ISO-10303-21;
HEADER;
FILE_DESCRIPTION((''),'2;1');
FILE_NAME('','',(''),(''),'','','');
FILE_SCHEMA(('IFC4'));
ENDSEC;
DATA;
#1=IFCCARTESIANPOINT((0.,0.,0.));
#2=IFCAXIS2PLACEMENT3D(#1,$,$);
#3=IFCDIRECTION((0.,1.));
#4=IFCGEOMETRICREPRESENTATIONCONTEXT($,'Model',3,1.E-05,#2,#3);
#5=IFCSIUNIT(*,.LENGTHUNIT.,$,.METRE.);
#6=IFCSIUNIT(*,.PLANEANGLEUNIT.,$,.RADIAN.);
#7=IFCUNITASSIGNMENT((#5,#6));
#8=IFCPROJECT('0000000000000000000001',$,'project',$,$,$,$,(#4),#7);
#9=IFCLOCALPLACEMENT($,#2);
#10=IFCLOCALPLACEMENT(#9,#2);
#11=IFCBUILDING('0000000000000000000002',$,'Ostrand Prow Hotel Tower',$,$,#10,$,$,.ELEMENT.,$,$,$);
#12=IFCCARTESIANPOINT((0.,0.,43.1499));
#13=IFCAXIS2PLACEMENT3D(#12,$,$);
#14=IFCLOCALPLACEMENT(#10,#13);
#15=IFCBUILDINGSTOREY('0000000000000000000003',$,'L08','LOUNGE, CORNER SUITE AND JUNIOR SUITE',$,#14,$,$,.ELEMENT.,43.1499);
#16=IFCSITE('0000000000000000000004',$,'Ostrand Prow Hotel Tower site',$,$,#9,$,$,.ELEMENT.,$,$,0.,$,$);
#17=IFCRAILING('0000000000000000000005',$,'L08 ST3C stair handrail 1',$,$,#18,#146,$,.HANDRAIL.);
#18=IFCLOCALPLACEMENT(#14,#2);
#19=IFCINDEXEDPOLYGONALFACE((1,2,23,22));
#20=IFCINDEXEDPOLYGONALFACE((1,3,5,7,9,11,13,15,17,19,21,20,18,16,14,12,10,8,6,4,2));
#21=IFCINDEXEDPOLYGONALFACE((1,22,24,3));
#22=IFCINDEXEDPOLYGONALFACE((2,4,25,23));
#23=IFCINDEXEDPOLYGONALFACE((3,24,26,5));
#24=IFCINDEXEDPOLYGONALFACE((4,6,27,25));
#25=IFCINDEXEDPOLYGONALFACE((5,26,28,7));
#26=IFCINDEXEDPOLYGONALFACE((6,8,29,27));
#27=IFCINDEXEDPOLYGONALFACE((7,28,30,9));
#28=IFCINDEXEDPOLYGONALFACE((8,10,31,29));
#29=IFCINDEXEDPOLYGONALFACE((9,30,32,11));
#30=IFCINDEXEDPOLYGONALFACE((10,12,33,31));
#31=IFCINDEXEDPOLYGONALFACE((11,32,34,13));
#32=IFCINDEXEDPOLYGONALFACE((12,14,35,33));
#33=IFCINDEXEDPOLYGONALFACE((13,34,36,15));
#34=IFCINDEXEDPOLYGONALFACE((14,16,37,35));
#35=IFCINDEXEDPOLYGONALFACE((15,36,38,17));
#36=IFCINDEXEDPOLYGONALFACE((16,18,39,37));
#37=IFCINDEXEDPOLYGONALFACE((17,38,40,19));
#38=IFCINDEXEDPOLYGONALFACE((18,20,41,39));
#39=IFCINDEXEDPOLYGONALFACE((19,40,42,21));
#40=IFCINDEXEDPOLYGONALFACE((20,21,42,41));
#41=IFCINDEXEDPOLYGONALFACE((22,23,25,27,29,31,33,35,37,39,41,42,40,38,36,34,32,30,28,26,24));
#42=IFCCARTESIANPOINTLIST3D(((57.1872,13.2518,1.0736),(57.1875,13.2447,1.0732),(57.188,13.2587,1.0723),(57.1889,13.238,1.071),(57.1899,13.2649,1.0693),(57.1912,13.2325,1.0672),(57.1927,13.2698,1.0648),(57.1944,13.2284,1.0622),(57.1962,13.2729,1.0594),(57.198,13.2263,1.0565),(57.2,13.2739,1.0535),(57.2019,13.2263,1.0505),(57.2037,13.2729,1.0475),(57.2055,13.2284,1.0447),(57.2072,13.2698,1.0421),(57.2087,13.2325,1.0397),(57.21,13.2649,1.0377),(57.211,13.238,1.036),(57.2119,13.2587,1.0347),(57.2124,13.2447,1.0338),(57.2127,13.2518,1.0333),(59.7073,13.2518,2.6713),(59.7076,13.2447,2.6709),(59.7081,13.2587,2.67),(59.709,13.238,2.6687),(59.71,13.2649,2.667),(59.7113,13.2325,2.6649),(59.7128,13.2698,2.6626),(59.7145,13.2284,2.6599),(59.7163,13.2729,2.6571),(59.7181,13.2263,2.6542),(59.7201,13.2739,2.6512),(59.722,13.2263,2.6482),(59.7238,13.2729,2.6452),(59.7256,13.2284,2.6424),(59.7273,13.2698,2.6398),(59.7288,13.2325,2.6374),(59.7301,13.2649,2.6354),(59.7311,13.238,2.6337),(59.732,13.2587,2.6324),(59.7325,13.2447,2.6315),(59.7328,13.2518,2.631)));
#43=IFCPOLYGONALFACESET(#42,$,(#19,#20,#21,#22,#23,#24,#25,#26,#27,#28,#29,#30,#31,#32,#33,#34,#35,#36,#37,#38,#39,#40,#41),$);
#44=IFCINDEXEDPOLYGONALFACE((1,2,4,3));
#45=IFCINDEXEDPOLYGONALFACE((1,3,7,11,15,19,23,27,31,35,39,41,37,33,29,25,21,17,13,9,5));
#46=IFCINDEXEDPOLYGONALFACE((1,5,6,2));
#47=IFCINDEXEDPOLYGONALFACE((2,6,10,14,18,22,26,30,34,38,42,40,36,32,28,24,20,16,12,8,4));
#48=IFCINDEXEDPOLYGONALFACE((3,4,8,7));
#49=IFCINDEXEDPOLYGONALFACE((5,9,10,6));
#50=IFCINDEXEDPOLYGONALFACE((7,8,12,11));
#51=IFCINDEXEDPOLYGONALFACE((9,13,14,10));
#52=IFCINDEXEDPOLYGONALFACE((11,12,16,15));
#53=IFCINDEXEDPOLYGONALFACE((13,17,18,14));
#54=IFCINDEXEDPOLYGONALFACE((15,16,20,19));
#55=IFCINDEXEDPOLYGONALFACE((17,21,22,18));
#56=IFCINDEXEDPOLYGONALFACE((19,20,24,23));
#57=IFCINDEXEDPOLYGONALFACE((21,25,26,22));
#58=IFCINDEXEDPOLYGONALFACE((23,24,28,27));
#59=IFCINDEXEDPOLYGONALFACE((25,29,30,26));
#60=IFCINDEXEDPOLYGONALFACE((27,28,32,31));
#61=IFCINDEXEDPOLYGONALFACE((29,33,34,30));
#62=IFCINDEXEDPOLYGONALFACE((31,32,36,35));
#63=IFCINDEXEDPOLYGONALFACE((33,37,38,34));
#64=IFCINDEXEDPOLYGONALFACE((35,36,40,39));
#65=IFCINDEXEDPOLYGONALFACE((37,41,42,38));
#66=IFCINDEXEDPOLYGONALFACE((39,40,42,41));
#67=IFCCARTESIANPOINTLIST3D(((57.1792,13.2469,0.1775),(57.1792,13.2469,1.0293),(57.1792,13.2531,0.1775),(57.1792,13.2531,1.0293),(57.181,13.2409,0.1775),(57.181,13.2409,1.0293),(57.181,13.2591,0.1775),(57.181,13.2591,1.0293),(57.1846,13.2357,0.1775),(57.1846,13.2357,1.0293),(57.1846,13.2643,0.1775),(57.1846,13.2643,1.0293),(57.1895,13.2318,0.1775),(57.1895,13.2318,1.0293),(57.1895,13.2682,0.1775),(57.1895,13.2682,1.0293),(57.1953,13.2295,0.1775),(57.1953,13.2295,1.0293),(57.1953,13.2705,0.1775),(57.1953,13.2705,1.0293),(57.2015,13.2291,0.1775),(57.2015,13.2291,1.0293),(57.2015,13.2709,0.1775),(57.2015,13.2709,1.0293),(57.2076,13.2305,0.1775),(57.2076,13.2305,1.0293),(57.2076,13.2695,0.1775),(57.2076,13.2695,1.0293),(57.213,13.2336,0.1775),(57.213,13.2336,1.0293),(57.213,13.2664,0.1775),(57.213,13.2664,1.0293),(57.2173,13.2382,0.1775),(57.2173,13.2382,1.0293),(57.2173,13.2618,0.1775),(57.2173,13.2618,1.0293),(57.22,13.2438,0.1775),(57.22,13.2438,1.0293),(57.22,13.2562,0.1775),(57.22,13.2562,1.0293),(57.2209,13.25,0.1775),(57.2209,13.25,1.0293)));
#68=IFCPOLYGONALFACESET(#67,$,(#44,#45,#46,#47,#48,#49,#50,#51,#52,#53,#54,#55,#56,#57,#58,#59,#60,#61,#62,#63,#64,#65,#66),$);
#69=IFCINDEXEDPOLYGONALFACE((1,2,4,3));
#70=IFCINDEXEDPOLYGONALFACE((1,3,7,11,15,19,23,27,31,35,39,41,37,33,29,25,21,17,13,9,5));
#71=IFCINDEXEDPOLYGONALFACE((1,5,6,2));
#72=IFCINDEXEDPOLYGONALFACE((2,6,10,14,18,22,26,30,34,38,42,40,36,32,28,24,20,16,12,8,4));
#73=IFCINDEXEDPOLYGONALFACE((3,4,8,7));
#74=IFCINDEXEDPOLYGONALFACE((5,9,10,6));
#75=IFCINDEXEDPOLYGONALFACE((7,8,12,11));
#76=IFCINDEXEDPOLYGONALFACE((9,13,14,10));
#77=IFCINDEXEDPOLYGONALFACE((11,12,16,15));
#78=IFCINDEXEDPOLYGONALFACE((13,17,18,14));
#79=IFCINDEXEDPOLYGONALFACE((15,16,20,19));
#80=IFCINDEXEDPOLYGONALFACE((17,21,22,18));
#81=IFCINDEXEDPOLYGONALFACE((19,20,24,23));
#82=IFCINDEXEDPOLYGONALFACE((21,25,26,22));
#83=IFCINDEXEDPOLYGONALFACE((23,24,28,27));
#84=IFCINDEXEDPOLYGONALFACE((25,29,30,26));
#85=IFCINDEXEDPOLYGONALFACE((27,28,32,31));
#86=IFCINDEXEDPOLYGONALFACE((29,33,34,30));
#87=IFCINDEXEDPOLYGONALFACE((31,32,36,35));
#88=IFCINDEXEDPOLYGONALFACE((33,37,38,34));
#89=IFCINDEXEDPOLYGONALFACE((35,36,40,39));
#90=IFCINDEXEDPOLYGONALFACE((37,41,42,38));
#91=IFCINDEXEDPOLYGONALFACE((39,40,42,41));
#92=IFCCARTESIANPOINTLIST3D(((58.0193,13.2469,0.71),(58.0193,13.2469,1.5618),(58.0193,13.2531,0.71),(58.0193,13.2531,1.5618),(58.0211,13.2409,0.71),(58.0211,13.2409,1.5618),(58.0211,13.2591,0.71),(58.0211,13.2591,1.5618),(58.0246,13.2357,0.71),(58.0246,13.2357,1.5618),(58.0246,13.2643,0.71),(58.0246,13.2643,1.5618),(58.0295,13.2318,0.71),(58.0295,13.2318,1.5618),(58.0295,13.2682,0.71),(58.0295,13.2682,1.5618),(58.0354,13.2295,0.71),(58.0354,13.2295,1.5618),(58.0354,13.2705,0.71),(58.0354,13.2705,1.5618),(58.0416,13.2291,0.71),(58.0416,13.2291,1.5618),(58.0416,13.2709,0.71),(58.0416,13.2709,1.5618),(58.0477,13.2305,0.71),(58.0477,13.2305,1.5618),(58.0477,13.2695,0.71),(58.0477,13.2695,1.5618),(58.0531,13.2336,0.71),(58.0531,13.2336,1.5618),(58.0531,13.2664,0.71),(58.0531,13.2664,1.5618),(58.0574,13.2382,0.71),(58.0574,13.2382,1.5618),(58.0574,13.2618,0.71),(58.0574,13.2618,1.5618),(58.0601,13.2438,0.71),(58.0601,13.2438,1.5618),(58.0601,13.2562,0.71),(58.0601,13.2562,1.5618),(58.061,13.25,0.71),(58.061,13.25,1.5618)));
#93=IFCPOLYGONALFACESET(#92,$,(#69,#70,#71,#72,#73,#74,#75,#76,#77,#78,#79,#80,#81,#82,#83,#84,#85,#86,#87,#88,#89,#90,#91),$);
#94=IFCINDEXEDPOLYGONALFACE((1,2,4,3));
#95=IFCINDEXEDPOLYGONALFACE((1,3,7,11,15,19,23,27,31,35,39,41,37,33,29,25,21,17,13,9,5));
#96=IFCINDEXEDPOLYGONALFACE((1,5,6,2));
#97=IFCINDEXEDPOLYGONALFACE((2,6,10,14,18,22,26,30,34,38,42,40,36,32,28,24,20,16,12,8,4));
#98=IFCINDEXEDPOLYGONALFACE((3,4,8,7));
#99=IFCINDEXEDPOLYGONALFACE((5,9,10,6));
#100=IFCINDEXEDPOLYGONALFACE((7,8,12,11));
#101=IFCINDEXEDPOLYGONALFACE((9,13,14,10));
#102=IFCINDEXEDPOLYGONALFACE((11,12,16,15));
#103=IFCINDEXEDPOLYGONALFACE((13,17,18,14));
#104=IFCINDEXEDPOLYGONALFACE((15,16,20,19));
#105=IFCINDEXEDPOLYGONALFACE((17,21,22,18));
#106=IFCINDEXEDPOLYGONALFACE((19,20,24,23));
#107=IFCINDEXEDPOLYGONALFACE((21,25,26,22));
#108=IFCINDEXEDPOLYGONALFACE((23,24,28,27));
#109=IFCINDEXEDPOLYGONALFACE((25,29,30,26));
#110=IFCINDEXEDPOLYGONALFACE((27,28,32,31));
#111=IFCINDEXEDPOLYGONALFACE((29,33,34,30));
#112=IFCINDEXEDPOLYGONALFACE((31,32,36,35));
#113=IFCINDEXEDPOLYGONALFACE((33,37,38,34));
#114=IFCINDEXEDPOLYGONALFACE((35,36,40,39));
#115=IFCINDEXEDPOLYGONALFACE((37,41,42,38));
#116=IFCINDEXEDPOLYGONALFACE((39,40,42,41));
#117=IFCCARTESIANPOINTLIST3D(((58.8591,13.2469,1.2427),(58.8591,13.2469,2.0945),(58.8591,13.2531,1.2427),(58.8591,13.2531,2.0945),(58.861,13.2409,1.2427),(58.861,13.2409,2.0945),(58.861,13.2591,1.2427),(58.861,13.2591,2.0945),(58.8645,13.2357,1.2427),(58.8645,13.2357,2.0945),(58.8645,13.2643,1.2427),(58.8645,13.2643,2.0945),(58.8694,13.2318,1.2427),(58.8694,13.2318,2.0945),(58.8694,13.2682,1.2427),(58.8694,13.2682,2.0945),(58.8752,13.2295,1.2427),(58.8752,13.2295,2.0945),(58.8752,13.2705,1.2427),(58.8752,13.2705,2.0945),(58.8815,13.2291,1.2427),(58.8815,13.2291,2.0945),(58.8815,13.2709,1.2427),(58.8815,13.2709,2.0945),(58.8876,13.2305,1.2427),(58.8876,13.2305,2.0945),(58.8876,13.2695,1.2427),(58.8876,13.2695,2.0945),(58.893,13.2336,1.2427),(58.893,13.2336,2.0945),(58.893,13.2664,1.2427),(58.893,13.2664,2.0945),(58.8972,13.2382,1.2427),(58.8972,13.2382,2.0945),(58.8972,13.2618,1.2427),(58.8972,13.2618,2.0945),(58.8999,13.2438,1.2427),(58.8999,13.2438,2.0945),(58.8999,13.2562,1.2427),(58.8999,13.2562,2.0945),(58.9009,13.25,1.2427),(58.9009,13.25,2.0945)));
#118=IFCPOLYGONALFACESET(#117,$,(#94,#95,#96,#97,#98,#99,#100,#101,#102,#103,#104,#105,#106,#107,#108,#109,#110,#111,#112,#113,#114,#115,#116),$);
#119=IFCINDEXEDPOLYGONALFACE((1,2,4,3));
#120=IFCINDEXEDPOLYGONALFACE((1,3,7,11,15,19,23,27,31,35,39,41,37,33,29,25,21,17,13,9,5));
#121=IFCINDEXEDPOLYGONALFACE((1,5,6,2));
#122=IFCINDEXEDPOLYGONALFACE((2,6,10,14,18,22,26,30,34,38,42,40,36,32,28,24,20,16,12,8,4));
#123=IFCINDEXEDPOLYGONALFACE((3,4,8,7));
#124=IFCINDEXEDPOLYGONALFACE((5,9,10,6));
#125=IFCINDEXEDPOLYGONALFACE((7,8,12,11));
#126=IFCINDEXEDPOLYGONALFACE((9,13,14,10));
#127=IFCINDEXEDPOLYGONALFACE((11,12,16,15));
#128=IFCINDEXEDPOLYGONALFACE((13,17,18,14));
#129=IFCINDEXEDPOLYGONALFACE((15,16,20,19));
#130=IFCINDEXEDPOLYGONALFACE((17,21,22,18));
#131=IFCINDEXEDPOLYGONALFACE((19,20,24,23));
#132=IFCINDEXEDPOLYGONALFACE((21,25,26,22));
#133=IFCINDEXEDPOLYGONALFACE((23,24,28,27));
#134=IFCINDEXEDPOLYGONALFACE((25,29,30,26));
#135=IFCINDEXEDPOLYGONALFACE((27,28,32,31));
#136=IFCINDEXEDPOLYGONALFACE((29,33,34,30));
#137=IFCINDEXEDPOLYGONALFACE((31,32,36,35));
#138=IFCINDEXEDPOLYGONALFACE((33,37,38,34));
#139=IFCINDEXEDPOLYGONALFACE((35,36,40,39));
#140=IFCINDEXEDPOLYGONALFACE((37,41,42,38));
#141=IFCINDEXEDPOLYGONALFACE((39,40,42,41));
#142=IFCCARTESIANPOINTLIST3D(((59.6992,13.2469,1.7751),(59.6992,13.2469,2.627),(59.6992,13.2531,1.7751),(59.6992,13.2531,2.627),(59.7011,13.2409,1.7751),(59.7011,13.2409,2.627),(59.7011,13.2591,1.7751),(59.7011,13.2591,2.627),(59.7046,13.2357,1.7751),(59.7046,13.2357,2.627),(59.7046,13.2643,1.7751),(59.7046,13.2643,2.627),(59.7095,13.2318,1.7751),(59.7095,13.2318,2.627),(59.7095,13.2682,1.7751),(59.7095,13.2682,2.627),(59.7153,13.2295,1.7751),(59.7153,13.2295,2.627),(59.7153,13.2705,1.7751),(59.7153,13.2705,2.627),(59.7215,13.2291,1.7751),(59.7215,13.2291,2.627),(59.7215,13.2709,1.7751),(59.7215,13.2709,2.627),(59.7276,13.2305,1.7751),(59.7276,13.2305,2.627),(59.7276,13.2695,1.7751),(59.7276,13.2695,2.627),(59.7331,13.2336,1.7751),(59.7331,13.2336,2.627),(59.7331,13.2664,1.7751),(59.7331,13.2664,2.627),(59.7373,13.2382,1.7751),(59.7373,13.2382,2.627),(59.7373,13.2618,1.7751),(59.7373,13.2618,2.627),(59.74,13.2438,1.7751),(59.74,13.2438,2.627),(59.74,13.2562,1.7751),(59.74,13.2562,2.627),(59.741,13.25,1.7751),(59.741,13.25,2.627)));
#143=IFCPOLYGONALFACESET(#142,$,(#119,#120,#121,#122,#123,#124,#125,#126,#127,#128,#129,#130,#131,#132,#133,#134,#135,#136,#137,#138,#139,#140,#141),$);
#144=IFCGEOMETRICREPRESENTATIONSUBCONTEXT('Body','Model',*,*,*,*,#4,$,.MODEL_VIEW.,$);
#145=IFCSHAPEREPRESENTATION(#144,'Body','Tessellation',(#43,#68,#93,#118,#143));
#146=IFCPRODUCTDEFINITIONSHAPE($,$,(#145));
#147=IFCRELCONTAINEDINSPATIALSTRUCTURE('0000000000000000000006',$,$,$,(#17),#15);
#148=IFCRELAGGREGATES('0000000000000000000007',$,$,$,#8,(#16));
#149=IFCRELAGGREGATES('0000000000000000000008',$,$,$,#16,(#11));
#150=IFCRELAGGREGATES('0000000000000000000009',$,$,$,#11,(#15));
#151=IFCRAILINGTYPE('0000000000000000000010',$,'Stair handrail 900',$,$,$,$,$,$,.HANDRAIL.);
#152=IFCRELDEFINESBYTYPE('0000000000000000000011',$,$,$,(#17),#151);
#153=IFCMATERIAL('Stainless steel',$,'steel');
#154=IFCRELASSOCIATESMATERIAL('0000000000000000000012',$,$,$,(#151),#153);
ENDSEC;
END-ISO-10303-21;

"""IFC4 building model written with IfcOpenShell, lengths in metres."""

from ifc_helpers import new_model, si_unit, direction, frame, origin, origin_2d, place, context, subcontext, project, spatial, circle, extrude, material, type_object, element, save


model = new_model("IFC4")

# Units and contexts
model_context = context("Model", 3, precision=1e-05, world=origin(), true_north=direction((0.0, 1.0)))
body_context = subcontext(model_context, "Body", "Model", "MODEL_VIEW")
ifc_project = project(units=[si_unit("LENGTHUNIT", "METRE"), si_unit("PLANEANGLEUNIT", "RADIAN")], contexts=[model_context])

# Site, building, storey
site_placement = place(None, origin())
site = spatial("IfcSite", under=ifc_project, at=site_placement, Name="Ostrand Prow Hotel Tower site", CompositionType="ELEMENT", RefElevation=0.0)
building_placement = place(site_placement, origin())
building = spatial("IfcBuilding", under=site, at=building_placement, Name="Ostrand Prow Hotel Tower", CompositionType="ELEMENT")
storey_placement = place(building_placement, frame((0.0, 0.0, 43.1499)))
storey = spatial("IfcBuildingStorey", under=building, at=storey_placement, Name="L08", Description="LOUNGE, CORNER SUITE AND JUNIOR SUITE", CompositionType="ELEMENT", Elevation=43.1499)

# Railing
ifc_material_1 = material(Name="Stainless steel", Category="steel")
railing_type_1 = type_object("IfcRailingType", Name="Stair handrail 900", PredefinedType="HANDRAIL", material=ifc_material_1)
railing_1_placement = place(storey_placement, frame((57.2, 13.25, 0.1775)))
element("IfcRailing", 1, at=railing_1_placement, inside=storey, type_object=railing_type_1, Name="L08 ST3C stair handrail 1", PredefinedType="HANDRAIL", context=body_context, shape_type="SweptSolid", body=[
    extrude(circle(Radius=0.0239, at=origin_2d()), frame((0.0, 0.0, 0.876), z_axis=(0.84457, 0.0, 0.535445), x_axis=(0.0, 1.0, 0.0)), (0.0, 0.0, 1.0), 2.9839),
    extrude(circle(Radius=0.021, at=origin_2d()), origin(), (0.0, 0.0, 1.0), 0.8518),
    extrude(circle(Radius=0.021, at=origin_2d()), frame((0.8401, 0.0, 0.5325)), (0.0, 0.0, 1.0), 0.8518),
    extrude(circle(Radius=0.021, at=origin_2d()), frame((1.6799, 0.0, 1.0652)), (0.0, 0.0, 1.0), 0.8518),
    extrude(circle(Radius=0.021, at=origin_2d()), frame((2.52, 0.0, 1.5977)), (0.0, 0.0, 1.0), 0.8518),
])

save(model, "model.ifc")
